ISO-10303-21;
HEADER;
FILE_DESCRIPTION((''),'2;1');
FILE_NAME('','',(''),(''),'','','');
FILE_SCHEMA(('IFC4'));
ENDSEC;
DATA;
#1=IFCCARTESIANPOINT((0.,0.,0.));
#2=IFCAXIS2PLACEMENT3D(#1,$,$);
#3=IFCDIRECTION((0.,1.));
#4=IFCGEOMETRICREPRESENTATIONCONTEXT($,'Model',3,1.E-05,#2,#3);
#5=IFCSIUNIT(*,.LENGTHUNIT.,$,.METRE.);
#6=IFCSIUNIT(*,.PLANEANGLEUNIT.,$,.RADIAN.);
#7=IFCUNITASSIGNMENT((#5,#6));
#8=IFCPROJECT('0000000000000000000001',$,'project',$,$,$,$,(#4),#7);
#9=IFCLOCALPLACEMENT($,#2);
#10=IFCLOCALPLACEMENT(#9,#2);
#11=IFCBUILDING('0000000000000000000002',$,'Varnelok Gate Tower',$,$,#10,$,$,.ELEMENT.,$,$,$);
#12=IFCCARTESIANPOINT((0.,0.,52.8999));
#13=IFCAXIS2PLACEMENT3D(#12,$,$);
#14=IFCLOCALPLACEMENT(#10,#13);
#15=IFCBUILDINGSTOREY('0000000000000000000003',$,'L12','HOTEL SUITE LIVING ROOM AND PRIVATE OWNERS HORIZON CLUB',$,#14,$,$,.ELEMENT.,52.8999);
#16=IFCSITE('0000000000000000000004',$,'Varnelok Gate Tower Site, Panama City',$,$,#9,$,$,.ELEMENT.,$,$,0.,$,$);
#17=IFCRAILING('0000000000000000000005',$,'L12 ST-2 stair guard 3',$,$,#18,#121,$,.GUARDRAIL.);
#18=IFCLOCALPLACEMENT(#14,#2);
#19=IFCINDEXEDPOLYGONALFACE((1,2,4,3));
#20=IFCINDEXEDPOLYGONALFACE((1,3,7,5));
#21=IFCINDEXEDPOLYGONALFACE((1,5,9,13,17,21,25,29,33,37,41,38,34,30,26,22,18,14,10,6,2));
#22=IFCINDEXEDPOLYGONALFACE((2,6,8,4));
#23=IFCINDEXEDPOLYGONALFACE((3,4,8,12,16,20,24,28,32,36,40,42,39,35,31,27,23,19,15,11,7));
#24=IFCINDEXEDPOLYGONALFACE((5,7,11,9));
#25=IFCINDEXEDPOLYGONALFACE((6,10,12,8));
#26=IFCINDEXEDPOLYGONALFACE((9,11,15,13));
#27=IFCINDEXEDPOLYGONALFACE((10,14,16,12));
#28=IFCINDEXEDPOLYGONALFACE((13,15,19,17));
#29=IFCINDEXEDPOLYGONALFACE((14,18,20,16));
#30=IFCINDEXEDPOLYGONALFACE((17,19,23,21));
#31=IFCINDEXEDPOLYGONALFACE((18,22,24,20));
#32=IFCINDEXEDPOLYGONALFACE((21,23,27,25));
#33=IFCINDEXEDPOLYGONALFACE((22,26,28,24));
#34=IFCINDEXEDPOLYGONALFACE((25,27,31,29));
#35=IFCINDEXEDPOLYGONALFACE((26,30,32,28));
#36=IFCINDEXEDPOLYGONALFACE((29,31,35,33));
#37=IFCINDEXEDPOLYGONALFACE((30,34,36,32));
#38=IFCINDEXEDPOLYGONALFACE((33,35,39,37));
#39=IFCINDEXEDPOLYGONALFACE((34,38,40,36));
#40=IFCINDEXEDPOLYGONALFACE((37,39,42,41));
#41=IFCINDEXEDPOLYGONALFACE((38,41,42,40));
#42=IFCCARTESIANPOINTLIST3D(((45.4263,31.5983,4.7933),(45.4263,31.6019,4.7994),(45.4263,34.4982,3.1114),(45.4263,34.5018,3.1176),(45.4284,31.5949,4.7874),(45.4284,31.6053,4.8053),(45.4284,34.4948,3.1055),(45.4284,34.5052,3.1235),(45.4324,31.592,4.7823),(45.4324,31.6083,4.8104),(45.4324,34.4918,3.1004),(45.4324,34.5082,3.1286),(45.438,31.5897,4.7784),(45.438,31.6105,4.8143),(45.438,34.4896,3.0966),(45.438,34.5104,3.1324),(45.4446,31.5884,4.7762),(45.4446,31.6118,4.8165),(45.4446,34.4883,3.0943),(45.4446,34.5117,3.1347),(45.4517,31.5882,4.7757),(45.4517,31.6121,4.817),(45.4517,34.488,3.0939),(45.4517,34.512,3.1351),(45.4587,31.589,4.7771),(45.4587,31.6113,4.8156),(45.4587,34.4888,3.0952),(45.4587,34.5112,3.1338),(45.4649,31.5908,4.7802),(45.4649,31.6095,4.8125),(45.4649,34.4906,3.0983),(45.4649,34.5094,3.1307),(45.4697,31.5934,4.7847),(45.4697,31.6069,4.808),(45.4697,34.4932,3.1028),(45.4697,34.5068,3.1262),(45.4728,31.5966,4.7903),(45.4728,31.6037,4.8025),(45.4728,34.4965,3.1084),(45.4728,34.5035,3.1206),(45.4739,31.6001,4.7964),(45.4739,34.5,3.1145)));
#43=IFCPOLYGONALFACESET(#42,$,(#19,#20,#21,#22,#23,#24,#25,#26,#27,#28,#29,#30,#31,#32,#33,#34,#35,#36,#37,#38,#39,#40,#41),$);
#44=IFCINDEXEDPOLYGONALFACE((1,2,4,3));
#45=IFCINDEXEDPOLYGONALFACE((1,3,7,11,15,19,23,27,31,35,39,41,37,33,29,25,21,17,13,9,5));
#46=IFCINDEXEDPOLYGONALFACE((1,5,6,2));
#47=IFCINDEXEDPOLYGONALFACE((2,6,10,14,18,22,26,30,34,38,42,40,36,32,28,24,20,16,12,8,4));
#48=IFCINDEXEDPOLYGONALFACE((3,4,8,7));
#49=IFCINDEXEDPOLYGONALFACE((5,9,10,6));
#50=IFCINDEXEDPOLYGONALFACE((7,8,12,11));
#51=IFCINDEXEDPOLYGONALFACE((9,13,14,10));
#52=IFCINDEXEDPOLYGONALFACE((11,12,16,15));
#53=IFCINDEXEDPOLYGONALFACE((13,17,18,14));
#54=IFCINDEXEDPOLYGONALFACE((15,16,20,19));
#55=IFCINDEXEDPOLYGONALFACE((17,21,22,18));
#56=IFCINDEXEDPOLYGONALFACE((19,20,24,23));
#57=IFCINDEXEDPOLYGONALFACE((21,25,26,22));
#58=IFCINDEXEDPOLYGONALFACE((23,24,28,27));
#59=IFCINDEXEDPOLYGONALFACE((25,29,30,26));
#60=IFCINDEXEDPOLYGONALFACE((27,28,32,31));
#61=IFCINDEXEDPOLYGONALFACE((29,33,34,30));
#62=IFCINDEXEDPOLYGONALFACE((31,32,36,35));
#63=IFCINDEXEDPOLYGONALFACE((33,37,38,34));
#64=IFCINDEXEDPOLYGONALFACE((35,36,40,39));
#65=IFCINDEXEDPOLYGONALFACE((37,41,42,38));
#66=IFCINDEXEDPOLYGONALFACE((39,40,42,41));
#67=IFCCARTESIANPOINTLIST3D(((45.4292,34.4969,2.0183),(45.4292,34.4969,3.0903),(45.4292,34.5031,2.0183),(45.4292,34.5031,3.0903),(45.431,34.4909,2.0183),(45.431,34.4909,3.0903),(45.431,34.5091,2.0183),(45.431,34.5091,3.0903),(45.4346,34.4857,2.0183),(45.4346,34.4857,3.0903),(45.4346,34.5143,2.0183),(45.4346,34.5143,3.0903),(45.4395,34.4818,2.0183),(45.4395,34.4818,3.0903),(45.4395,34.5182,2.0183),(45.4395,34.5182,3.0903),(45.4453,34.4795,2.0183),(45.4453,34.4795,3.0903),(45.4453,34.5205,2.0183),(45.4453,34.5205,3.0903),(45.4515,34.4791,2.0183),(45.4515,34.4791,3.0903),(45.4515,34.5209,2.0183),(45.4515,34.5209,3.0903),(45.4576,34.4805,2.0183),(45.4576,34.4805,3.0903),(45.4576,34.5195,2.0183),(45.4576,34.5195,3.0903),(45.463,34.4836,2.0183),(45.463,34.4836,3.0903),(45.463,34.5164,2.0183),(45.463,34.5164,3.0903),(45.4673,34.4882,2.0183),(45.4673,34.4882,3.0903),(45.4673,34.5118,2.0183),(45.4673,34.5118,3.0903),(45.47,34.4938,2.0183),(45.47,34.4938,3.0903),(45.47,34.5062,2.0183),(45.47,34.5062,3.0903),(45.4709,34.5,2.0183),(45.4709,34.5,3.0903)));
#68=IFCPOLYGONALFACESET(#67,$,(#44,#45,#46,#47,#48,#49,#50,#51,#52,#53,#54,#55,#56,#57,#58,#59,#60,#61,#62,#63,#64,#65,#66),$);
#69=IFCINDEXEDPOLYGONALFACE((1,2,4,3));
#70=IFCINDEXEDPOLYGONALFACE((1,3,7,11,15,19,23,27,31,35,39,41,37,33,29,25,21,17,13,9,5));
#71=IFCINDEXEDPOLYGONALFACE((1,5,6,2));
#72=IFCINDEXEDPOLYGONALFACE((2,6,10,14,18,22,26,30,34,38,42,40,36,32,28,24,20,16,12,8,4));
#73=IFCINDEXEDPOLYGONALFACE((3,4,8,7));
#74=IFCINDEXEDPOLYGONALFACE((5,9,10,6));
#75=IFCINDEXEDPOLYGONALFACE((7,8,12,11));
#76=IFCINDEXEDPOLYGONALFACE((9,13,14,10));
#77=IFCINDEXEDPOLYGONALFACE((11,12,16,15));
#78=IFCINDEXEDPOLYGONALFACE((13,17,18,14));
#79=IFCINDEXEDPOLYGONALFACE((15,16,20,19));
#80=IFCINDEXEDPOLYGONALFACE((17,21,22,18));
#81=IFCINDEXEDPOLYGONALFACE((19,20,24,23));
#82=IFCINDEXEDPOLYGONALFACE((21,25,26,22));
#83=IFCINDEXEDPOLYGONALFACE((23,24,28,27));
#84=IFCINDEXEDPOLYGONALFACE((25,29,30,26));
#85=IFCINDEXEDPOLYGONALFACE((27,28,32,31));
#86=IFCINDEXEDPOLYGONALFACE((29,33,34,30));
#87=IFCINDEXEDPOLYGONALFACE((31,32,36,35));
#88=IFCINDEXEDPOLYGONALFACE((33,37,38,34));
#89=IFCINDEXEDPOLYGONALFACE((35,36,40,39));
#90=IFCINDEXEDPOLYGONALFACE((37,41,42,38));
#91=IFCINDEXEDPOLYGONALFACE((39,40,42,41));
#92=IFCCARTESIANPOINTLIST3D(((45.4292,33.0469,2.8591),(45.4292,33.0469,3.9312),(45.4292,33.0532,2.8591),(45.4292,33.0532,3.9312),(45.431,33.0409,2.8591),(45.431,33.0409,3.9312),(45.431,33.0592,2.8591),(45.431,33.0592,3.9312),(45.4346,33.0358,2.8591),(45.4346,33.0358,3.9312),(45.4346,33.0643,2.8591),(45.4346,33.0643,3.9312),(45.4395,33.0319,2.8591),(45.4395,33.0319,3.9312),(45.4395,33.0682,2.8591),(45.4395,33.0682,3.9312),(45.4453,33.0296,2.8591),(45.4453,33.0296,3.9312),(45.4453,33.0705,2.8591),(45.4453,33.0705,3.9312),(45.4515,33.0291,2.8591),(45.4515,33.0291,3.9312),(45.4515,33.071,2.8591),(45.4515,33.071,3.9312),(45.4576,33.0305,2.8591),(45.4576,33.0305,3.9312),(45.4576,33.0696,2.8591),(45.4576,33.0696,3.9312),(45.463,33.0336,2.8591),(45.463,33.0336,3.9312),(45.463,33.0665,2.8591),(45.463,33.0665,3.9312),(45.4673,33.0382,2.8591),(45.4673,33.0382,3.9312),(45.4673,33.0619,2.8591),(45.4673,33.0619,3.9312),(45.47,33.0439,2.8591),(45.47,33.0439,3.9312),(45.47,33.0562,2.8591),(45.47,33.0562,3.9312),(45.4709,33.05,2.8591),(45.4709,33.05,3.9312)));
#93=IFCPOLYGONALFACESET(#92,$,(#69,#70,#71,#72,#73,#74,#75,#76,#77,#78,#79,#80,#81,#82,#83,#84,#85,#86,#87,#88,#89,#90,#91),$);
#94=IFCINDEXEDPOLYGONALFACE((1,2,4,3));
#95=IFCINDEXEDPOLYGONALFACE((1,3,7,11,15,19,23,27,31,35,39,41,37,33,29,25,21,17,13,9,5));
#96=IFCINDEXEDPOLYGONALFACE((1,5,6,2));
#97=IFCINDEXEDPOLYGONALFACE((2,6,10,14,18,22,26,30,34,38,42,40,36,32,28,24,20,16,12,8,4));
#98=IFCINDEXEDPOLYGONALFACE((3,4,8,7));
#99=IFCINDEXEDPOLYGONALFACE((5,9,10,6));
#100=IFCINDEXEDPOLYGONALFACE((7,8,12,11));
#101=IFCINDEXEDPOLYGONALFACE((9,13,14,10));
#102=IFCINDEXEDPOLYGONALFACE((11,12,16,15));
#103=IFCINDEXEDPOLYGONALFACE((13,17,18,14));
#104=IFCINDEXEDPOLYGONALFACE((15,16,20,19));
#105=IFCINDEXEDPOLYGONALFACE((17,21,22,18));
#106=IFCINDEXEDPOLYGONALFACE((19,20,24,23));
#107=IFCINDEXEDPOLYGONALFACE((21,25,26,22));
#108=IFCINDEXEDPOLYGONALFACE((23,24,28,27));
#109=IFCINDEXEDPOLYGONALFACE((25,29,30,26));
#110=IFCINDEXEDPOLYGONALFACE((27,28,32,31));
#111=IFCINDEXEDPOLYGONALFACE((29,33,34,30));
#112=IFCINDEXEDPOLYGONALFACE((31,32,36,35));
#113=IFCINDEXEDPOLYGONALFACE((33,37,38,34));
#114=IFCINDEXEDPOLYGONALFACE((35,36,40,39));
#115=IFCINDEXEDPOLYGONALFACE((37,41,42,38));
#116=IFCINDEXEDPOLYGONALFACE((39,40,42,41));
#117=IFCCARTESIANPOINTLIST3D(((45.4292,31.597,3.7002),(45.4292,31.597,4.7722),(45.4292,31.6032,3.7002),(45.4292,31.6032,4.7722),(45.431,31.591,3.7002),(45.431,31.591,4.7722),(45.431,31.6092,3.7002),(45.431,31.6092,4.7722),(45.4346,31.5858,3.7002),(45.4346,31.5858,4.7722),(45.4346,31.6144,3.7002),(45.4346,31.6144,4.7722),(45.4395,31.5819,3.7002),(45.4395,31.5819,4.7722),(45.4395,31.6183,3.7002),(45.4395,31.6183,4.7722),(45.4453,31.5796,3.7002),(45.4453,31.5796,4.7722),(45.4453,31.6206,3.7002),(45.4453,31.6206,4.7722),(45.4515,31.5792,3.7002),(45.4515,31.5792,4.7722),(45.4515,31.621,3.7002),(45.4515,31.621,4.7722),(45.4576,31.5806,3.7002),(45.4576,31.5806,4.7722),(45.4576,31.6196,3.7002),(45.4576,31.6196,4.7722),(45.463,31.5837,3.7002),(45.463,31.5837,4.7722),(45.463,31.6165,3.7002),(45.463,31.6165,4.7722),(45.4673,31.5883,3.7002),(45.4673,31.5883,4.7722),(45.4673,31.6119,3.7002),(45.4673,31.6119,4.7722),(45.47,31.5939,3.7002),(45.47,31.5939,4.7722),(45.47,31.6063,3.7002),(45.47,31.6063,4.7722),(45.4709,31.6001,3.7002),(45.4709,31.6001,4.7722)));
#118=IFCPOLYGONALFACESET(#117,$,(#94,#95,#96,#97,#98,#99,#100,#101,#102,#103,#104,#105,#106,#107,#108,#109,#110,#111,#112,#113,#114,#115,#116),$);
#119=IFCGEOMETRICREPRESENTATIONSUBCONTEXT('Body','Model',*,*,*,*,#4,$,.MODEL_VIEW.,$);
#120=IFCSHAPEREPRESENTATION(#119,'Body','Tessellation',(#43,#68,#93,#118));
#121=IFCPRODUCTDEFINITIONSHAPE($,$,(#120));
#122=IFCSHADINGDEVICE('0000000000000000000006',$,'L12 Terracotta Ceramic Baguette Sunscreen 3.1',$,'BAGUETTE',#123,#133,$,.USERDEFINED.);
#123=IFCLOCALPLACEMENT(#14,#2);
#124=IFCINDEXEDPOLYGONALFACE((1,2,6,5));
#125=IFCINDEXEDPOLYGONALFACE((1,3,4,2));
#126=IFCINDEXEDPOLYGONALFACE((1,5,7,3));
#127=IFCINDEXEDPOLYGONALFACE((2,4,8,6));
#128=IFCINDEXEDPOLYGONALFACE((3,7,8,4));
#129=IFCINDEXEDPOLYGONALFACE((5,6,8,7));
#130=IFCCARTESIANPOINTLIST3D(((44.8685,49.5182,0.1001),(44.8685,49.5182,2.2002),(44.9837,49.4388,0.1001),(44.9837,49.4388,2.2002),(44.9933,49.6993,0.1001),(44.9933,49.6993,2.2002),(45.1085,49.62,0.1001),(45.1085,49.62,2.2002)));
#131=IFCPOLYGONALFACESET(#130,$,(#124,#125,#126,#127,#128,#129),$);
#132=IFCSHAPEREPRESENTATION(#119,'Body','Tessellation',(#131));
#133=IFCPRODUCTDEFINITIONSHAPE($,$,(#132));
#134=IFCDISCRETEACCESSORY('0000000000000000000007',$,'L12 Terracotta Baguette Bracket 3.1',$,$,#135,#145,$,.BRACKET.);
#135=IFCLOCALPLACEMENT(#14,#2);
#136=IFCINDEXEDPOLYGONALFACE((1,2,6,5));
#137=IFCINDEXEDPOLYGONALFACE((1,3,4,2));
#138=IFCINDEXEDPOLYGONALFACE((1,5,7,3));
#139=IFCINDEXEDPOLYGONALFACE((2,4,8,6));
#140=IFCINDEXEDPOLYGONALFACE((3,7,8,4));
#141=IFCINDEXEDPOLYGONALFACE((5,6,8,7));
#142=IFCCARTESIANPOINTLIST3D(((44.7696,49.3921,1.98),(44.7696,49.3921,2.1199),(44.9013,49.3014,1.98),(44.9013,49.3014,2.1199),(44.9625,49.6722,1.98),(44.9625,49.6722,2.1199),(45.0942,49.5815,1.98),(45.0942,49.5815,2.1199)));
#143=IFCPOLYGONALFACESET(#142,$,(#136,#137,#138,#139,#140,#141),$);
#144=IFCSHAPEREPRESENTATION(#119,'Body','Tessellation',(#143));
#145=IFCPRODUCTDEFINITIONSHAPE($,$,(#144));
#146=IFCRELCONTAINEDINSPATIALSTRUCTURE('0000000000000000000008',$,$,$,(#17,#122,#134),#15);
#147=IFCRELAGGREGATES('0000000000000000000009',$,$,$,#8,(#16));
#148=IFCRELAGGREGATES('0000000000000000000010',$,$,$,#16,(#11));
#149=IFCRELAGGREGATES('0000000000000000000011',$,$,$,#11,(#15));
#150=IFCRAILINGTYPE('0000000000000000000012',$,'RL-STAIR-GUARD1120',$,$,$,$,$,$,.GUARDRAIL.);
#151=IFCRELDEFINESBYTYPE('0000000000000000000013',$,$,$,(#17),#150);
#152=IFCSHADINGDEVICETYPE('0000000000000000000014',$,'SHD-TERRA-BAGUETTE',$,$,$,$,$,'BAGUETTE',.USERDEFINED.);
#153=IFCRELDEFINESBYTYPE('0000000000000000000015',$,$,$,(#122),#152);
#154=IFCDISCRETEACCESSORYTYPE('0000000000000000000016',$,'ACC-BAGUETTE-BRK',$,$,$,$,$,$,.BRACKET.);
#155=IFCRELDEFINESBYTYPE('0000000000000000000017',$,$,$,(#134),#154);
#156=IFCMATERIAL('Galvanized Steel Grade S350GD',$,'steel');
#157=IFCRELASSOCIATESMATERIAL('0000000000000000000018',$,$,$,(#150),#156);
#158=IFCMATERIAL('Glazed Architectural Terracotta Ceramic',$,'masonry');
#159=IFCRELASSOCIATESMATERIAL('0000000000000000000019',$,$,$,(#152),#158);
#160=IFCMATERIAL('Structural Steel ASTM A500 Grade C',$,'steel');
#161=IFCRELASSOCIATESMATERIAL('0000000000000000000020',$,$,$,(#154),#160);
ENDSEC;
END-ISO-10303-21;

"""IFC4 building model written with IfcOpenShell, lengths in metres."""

from ifc_helpers import new_model, si_unit, direction, frame, origin, origin_2d, place, context, subcontext, project, spatial, rectangle, circle, extrude, source, transform, mapped, material, type_object, element, save


model = new_model("IFC4")

# Units and contexts
model_context = context("Model", 3, precision=1e-05, world=origin(), true_north=direction((0.0, 1.0)))
body_context = subcontext(model_context, "Body", "Model", "MODEL_VIEW")
ifc_project = project(units=[si_unit("LENGTHUNIT", "METRE"), si_unit("PLANEANGLEUNIT", "RADIAN")], contexts=[model_context])

# Site, building, storey
site_placement = place(None, origin())
site = spatial("IfcSite", under=ifc_project, at=site_placement, Name="Varnelok Gate Tower Site, Panama City", CompositionType="ELEMENT", RefElevation=0.0)
building_placement = place(site_placement, origin())
building = spatial("IfcBuilding", under=site, at=building_placement, Name="Varnelok Gate Tower", CompositionType="ELEMENT")
storey_placement = place(building_placement, frame((0.0, 0.0, 52.8999)))
storey = spatial("IfcBuildingStorey", under=building, at=storey_placement, Name="L12", Description="HOTEL SUITE LIVING ROOM AND PRIVATE OWNERS HORIZON CLUB", CompositionType="ELEMENT", Elevation=52.8999)

# Shared definitions
ifc_material_1 = material(Name="Galvanized Steel Grade S350GD", Category="steel")

# Railing
railing_type_1 = type_object("IfcRailingType", Name="RL-STAIR-GUARD1120", PredefinedType="GUARDRAIL", material=ifc_material_1)
railing_1_placement = place(storey_placement, frame((45.45, 34.5, 2.0183)))
element("IfcRailing", 1, at=railing_1_placement, inside=storey, type_object=railing_type_1, Name="L12 ST-2 stair guard 3", PredefinedType="GUARDRAIL", context=body_context, shape_type="SweptSolid", body=[
    extrude(circle(Radius=0.0239, at=origin_2d()), frame((0.0, 0.0, 1.0962), z_axis=(0.0, -0.865039, 0.501705), x_axis=(1.0, 0.0, 0.0)), (0.0, 0.0, 1.0), 3.3523),
    extrude(circle(Radius=0.021, at=origin_2d()), origin(), (0.0, 0.0, 1.0), 1.072),
    extrude(circle(Radius=0.021, at=origin_2d()), frame((0.0, -1.45, 0.8408)), (0.0, 0.0, 1.0), 1.072),
    extrude(circle(Radius=0.021, at=origin_2d()), frame((0.0, -2.8999, 1.6819)), (0.0, 0.0, 1.0), 1.072),
])

# Shading device
ifc_material_2 = material(Name="Glazed Architectural Terracotta Ceramic", Category="masonry")
shading_device_type = type_object("IfcShadingDeviceType", Name="SHD-TERRA-BAGUETTE", ElementType="BAGUETTE", PredefinedType="USERDEFINED", material=ifc_material_2)
shared_shape_1 = source(origin(), body_context, "Body", "SweptSolid", [
    extrude(rectangle(XDim=0.1399, YDim=0.22, at=origin_2d()), origin(), (0.0, 0.0, 1.0), 2.1001),
])
shading_device_placement = place(storey_placement, frame((44.9885, 49.5691, 0.1001), z_axis=(0.0, 0.0, 1.0), x_axis=(0.823533, -0.567269, 0.0)))
element("IfcShadingDevice", 2, at=shading_device_placement, inside=storey, type_object=shading_device_type, Name="L12 Terracotta Ceramic Baguette Sunscreen 3.1", ObjectType="BAGUETTE", PredefinedType="USERDEFINED", context=body_context, shape_type="MappedRepresentation", body=[
    mapped(shared_shape_1, transform((0.0, 0.0, 0.0), scale=1.0)),
])

# Discrete accessory
ifc_material_3 = material(Name="Structural Steel ASTM A500 Grade C", Category="steel")
discrete_accessory_type = type_object("IfcDiscreteAccessoryType", Name="ACC-BAGUETTE-BRK", PredefinedType="BRACKET", material=ifc_material_3)
shared_shape_2 = source(origin(), body_context, "Body", "SweptSolid", [
    extrude(rectangle(XDim=0.1599, YDim=0.3401, at=origin_2d()), origin(), (0.0, 0.0, 1.0), 0.1399),
])
discrete_accessory_placement = place(storey_placement, frame((44.9319, 49.4868, 1.98), z_axis=(0.0, 0.0, 1.0), x_axis=(0.823533, -0.567269, 0.0)))
element("IfcDiscreteAccessory", 3, at=discrete_accessory_placement, inside=storey, type_object=discrete_accessory_type, Name="L12 Terracotta Baguette Bracket 3.1", PredefinedType="BRACKET", context=body_context, shape_type="MappedRepresentation", body=[
    mapped(shared_shape_2, transform((0.0, 0.0, 0.0), scale=1.0)),
])

save(model, "model.ifc")
